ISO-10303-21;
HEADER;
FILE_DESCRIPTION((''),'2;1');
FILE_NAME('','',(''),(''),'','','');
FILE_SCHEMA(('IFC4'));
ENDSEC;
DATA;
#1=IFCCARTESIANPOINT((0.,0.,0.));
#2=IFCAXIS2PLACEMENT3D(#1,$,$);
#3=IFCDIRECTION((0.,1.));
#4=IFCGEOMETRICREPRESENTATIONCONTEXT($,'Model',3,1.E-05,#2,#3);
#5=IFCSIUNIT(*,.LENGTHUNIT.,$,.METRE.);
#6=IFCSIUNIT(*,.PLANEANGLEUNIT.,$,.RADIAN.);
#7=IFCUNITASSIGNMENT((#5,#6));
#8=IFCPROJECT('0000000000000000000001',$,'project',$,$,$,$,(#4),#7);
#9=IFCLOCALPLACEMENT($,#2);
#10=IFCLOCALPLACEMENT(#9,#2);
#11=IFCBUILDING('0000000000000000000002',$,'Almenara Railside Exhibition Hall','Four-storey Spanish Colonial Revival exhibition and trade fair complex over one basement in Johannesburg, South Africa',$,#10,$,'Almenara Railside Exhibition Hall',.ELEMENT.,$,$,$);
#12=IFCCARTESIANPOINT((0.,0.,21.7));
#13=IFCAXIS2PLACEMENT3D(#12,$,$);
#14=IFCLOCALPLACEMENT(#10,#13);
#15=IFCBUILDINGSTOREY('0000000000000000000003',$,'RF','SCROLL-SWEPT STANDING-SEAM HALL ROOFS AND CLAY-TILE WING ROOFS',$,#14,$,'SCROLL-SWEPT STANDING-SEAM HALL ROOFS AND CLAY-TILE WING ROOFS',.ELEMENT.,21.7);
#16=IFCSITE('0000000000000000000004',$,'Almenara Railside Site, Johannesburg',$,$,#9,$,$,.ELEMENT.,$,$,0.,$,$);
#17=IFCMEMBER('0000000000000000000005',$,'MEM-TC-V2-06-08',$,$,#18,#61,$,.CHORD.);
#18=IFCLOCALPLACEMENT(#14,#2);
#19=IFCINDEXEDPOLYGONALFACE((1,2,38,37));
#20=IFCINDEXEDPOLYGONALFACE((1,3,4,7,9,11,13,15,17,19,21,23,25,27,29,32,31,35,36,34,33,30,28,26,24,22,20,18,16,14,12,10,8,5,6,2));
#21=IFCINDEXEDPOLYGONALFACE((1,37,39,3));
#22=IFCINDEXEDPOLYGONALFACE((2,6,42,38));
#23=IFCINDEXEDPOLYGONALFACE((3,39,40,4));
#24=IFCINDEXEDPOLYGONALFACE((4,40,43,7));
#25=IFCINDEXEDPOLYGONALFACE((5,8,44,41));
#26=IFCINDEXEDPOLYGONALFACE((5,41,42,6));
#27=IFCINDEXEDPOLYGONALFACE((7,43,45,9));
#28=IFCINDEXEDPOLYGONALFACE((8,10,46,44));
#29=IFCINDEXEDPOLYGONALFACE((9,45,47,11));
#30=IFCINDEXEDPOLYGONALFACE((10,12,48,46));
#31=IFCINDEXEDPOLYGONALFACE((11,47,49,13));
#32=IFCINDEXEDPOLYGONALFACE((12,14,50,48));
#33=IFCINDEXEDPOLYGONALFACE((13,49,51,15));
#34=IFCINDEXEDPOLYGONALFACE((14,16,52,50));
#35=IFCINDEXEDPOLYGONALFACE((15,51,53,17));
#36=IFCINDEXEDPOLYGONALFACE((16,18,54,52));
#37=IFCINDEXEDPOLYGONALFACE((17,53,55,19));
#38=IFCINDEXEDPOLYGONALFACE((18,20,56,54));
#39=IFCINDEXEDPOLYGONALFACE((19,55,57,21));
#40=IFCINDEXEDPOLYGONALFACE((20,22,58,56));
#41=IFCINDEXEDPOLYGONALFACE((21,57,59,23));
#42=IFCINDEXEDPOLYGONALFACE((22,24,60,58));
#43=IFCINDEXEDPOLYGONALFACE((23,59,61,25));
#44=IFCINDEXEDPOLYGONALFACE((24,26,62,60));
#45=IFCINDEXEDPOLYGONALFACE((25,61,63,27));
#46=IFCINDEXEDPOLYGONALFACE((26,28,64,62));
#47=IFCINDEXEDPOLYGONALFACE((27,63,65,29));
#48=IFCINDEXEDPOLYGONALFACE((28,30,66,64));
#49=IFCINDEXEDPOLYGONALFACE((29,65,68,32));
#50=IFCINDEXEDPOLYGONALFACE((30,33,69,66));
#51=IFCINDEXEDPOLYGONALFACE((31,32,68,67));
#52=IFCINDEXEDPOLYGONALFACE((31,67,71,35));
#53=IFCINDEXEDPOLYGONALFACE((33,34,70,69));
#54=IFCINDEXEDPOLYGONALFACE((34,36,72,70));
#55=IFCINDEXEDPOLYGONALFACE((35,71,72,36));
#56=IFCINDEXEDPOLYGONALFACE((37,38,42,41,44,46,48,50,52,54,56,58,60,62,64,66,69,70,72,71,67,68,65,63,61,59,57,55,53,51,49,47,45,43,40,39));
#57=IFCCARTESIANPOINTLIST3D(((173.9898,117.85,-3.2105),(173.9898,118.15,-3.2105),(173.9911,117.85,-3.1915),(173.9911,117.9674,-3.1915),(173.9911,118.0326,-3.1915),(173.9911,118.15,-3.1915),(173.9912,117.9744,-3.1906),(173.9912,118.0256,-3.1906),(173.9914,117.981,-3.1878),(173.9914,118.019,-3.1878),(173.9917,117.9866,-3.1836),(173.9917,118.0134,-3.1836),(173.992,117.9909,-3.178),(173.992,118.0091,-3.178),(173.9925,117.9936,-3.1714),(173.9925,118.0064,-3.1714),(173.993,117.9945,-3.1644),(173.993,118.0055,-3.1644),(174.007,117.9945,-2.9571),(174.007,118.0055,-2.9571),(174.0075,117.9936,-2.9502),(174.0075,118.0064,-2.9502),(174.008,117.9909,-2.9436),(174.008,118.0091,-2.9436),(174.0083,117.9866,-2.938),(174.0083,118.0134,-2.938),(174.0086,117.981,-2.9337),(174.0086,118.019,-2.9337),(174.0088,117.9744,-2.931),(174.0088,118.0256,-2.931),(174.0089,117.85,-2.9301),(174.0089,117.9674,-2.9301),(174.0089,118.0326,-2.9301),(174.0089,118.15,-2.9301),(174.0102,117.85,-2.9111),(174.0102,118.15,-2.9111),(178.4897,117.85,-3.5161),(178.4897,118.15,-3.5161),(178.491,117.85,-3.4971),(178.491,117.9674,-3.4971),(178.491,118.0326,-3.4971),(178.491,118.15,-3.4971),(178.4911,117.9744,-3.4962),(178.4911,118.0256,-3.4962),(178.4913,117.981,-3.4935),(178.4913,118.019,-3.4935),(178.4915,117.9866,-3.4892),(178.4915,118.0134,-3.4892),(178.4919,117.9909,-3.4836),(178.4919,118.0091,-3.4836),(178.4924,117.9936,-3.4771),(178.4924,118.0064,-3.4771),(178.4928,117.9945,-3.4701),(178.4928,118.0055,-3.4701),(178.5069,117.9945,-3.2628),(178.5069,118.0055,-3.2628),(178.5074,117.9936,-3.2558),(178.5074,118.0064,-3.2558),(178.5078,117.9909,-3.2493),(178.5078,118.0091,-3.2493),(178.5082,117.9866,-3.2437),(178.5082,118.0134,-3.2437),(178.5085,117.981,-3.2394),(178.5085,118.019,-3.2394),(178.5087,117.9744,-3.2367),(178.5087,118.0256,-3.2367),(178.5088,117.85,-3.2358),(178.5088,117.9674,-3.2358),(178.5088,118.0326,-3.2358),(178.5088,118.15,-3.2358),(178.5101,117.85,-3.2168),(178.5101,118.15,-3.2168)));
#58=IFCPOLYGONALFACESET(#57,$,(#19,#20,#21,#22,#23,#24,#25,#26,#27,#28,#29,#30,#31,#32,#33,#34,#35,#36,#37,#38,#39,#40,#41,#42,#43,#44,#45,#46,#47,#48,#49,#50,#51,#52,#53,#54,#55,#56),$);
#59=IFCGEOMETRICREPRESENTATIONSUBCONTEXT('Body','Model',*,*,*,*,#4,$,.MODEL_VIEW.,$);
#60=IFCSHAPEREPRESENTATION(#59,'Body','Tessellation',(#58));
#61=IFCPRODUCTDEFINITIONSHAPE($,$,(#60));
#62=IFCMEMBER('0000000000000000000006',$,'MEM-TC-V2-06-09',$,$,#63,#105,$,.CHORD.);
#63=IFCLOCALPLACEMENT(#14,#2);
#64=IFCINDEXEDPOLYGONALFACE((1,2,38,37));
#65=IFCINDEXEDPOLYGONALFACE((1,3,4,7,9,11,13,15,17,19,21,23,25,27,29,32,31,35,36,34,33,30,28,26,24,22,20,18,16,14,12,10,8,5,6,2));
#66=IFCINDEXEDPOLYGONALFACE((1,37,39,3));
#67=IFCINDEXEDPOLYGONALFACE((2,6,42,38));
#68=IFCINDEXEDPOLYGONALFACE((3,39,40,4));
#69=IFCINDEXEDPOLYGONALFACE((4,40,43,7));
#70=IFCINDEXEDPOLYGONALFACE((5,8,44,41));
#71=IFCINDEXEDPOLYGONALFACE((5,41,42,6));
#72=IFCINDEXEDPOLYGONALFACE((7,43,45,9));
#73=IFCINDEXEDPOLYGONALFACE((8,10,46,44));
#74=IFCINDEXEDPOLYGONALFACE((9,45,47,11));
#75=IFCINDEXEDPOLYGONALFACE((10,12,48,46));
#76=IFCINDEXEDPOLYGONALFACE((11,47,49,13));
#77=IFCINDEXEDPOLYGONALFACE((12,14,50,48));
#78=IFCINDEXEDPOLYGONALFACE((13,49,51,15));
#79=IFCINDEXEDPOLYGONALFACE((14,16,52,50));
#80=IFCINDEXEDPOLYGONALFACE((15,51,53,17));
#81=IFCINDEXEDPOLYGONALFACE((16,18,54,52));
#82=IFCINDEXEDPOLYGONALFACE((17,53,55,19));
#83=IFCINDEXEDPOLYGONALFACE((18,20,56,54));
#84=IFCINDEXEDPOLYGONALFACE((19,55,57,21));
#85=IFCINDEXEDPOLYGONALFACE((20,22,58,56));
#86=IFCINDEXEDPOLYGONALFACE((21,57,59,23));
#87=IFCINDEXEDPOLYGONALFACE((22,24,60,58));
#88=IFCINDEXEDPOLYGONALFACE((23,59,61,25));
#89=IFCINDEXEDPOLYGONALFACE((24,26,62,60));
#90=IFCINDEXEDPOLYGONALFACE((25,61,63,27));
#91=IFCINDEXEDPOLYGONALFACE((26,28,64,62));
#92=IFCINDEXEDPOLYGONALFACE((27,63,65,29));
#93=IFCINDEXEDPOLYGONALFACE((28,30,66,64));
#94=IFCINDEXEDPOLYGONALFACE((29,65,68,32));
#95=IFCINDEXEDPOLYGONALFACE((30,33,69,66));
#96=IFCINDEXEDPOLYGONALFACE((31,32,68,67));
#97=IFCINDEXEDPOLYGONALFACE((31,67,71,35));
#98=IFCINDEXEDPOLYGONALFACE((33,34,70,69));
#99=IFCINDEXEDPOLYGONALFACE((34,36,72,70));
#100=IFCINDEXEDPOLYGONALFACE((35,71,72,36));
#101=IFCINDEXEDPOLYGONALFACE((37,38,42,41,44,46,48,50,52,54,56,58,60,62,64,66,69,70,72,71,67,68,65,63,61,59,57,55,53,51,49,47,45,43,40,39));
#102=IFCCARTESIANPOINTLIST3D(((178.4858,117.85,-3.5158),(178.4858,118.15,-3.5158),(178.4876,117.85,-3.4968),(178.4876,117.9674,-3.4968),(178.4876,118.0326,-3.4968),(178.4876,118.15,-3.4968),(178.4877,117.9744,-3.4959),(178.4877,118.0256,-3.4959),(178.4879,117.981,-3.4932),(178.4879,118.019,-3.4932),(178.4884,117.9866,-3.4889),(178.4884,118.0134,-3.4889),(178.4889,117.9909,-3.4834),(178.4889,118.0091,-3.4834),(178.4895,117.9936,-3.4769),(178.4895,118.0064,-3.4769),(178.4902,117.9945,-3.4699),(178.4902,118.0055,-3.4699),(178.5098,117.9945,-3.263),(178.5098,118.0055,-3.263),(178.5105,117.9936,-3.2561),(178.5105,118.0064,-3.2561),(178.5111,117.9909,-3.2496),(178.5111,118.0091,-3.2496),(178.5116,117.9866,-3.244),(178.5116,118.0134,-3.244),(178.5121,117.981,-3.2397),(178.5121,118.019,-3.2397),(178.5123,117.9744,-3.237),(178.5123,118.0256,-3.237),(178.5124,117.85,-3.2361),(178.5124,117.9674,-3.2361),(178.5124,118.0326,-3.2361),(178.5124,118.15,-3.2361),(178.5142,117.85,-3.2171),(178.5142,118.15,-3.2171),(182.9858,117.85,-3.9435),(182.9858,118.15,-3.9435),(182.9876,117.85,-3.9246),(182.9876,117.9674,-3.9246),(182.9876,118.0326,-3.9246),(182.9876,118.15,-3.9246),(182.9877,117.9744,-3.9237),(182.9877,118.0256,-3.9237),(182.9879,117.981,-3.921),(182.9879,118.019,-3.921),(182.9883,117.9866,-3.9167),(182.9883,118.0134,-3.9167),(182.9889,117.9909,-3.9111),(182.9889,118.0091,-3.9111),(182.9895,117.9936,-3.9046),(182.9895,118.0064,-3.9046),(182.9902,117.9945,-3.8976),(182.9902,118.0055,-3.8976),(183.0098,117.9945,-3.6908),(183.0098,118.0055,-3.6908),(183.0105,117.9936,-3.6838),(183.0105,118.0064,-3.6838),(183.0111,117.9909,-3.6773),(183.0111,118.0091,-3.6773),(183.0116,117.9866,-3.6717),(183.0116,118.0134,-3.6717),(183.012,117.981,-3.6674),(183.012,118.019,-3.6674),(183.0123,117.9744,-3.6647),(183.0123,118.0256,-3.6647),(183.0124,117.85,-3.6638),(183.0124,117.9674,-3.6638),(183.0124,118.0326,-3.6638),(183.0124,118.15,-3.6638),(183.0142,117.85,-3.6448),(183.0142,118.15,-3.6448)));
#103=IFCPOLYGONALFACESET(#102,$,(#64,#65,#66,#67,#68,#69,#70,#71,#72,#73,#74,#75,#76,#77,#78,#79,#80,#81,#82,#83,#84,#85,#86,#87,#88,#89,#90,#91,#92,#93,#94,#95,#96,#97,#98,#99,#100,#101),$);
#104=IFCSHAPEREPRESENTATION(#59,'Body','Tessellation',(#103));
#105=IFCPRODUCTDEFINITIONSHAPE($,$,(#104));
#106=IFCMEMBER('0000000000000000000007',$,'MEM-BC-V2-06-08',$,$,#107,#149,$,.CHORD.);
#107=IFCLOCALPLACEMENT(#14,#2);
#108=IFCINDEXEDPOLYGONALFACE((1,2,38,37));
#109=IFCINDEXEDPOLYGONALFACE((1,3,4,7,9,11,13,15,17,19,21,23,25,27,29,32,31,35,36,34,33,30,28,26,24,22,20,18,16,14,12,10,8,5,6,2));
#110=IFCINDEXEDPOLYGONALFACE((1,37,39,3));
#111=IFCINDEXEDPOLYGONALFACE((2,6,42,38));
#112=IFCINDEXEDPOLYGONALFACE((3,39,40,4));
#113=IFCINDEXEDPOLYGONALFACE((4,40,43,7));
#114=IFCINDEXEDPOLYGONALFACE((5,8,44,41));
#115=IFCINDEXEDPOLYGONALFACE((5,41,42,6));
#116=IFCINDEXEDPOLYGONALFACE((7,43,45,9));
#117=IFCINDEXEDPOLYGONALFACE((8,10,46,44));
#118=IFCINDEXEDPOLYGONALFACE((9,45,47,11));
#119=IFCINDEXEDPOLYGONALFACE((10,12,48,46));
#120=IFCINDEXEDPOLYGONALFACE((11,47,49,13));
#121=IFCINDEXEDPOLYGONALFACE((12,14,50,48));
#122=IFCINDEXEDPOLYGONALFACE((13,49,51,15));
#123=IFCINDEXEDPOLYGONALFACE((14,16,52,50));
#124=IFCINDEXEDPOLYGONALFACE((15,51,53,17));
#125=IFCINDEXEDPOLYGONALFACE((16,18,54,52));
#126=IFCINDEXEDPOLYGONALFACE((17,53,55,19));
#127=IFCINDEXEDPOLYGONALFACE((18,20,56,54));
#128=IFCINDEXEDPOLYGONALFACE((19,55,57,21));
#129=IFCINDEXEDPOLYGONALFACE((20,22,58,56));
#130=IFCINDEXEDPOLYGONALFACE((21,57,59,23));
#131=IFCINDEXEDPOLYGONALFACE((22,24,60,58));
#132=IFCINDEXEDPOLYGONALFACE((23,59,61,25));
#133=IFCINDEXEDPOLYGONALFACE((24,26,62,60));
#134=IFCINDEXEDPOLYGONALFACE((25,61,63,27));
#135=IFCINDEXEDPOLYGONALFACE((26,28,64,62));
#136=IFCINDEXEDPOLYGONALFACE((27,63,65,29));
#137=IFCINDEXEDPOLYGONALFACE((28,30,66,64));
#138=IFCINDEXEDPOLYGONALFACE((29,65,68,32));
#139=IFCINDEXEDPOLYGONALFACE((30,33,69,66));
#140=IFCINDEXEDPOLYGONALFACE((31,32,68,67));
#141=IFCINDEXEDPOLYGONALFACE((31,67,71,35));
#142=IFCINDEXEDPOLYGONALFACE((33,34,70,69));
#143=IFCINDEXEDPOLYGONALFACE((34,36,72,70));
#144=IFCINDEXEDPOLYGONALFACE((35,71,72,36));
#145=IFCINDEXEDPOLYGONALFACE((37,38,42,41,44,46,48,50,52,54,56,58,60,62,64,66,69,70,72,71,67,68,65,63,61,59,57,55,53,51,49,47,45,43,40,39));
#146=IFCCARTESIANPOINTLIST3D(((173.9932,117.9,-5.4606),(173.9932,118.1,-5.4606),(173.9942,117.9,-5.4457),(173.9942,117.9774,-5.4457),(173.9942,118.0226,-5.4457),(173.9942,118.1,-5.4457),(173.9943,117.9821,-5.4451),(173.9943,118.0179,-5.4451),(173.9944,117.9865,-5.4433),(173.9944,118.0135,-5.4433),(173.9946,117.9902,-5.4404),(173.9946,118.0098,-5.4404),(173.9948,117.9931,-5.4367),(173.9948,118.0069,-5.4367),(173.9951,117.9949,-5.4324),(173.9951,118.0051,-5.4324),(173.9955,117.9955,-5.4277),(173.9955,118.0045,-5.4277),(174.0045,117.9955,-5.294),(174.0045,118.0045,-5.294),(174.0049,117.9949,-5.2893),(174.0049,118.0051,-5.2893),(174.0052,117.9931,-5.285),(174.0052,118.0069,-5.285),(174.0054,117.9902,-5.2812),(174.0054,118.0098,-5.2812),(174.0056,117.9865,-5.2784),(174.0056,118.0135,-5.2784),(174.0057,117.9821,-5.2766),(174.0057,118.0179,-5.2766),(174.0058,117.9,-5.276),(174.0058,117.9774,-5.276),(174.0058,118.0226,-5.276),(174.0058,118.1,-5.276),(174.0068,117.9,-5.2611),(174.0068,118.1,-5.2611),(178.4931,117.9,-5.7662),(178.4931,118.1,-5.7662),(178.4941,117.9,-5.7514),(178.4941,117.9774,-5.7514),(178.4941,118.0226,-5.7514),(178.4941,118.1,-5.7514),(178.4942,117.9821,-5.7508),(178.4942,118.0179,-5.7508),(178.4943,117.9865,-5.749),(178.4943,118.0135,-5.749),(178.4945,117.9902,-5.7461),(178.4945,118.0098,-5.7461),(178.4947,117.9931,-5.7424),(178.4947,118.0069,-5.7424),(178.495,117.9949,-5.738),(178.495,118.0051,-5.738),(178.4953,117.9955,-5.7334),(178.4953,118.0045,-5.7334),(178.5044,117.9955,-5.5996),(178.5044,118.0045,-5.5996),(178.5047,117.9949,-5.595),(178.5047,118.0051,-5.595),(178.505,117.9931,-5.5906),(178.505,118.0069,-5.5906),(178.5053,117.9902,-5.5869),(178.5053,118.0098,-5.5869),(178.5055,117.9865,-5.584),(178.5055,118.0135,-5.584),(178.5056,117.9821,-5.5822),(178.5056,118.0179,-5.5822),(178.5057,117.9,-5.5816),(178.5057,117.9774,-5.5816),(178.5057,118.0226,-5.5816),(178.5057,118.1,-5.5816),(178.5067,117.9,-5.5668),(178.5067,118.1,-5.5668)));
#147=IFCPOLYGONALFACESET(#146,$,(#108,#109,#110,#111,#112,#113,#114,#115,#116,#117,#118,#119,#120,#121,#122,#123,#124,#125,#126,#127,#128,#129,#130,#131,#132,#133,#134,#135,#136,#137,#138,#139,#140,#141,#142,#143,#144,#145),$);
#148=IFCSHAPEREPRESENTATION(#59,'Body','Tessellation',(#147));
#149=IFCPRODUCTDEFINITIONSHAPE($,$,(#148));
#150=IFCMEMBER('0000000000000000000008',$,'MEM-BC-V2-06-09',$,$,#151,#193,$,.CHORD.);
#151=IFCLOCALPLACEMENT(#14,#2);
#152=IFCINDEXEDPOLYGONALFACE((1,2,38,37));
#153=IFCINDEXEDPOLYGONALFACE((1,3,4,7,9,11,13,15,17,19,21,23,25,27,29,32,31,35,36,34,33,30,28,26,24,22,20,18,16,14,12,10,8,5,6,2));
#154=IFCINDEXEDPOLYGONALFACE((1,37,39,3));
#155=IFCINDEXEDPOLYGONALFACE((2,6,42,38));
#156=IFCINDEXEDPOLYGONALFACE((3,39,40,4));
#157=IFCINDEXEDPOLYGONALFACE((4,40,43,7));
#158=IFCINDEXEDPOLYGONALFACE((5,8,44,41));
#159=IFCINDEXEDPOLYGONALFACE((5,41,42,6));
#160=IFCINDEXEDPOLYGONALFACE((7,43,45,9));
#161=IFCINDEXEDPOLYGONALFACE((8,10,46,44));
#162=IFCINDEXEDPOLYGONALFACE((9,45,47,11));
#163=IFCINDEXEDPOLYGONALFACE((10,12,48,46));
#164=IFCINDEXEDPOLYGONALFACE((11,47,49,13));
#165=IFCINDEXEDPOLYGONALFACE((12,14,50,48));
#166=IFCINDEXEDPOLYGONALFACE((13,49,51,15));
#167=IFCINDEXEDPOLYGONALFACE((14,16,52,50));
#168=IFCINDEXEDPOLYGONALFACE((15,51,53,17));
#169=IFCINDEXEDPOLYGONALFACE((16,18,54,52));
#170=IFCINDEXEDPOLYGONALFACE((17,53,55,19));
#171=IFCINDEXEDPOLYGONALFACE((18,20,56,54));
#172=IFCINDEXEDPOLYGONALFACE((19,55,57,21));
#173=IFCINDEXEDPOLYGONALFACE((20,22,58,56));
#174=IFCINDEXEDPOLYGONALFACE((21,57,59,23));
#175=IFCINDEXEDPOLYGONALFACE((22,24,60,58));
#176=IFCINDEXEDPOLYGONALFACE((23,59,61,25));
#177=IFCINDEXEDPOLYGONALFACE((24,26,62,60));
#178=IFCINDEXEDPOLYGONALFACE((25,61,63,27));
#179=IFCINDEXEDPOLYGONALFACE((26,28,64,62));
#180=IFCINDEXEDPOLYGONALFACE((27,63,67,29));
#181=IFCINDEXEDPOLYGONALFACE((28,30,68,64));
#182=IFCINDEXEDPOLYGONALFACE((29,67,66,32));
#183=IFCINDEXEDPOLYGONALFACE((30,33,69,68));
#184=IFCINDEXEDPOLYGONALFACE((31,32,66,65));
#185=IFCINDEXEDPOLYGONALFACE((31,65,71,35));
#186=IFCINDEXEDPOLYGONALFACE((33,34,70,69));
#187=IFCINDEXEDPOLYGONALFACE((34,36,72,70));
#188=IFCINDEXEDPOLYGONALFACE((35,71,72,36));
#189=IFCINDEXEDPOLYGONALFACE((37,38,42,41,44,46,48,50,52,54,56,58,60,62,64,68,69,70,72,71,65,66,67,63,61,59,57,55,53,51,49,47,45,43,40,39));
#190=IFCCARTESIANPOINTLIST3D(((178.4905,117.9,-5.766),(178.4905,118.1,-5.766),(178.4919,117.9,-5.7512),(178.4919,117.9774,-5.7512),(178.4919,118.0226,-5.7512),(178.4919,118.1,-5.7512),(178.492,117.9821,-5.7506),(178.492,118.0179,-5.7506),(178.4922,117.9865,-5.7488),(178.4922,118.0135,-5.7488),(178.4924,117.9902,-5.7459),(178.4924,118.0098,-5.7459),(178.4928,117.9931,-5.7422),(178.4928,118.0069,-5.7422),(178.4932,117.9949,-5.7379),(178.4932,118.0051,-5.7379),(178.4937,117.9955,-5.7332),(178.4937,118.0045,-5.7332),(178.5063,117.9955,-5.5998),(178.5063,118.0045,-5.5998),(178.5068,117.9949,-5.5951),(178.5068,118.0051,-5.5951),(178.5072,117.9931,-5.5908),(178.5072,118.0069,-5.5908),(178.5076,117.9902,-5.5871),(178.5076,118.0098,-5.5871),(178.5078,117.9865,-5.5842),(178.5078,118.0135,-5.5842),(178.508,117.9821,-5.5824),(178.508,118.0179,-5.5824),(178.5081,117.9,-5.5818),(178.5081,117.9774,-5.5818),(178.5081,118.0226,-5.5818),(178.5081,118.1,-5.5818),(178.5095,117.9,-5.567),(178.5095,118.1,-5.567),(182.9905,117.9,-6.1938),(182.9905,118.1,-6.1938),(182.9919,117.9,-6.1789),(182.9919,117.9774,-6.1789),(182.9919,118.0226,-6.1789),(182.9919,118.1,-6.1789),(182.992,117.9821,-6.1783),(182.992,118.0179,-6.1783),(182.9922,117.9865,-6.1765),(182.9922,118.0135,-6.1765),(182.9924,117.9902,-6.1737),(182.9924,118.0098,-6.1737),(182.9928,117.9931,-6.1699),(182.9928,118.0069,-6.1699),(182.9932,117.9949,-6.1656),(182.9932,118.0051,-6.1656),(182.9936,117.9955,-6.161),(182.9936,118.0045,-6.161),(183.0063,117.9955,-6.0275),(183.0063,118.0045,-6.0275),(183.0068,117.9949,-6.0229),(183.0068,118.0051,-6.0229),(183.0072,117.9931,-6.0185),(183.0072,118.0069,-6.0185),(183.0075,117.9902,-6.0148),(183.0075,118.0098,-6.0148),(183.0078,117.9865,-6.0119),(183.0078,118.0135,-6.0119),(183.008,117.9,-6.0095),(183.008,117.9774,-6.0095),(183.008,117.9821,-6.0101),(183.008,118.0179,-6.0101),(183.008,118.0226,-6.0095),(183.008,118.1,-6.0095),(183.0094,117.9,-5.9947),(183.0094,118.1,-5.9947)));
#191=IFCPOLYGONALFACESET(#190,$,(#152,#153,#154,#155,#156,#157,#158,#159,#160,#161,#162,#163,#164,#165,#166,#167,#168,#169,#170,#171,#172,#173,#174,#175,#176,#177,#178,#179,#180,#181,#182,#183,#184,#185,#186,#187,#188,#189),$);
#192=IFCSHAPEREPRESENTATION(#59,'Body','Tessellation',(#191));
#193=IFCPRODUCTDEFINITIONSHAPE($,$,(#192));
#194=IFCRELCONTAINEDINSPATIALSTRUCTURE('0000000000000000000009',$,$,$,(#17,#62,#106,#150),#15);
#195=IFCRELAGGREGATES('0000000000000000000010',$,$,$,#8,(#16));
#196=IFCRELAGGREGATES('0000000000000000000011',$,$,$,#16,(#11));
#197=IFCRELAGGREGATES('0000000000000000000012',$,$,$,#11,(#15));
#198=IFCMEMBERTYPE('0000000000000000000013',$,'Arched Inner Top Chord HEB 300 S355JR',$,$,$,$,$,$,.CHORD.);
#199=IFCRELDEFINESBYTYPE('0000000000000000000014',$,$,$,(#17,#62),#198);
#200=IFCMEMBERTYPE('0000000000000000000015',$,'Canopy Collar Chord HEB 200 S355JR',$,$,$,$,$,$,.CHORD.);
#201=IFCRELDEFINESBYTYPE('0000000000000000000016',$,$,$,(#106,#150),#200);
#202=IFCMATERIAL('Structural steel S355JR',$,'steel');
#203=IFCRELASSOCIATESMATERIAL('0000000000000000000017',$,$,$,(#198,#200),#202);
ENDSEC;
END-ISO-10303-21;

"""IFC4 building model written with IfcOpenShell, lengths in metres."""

from ifc_helpers import new_model, si_unit, direction, frame, origin, origin_2d, place, context, subcontext, project, spatial, i_section, extrude, material, material_profile, profile_set, type_object, element, save


model = new_model("IFC4")

# Units and contexts
model_context = context("Model", 3, precision=1e-05, world=origin(), true_north=direction((0.0, 1.0)))
body_context = subcontext(model_context, "Body", "Model", "MODEL_VIEW")
ifc_project = project(units=[si_unit("LENGTHUNIT", "METRE"), si_unit("PLANEANGLEUNIT", "RADIAN")], contexts=[model_context])

# Site, building, storey
site_placement = place(None, origin())
site = spatial("IfcSite", under=ifc_project, at=site_placement, Name="Almenara Railside Site, Johannesburg", CompositionType="ELEMENT", RefElevation=0.0)
building_placement = place(site_placement, origin())
building = spatial("IfcBuilding", under=site, at=building_placement, Name="Almenara Railside Exhibition Hall", Description="Four-storey Spanish Colonial Revival exhibition and trade fair complex over one basement in Johannesburg, South Africa", LongName="Almenara Railside Exhibition Hall", CompositionType="ELEMENT")
storey_placement = place(building_placement, frame((0.0, 0.0, 21.7)))
storey = spatial("IfcBuildingStorey", under=building, at=storey_placement, Name="RF", Description="SCROLL-SWEPT STANDING-SEAM HALL ROOFS AND CLAY-TILE WING ROOFS", LongName="SCROLL-SWEPT STANDING-SEAM HALL ROOFS AND CLAY-TILE WING ROOFS", CompositionType="ELEMENT", Elevation=21.7)

# Members
ifc_material_1 = material(Name="Structural steel S355JR", Category="steel")
ifc_material_profile_1 = material_profile(ifc_material_1, i_section(OverallWidth=0.3, OverallDepth=0.3, WebThickness=0.011, FlangeThickness=0.019, FilletRadius=0.0271, at=origin_2d()), Name="HEB 300")
ifc_profile_set_1 = profile_set([ifc_material_profile_1], Name="Structural steel S355JR")
member_type_1 = type_object("IfcMemberType", Name="Arched Inner Top Chord HEB 300 S355JR", PredefinedType="CHORD", material=ifc_profile_set_1)
member_1_placement = place(storey_placement, frame((174.0, 118.0, -3.0608), z_axis=(0.997701, 0.0, -0.067769), x_axis=(0.0, 1.0, 0.0)))
element("IfcMember", 1, at=member_1_placement, inside=storey, type_object=member_type_1, Name="MEM-TC-V2-06-08", PredefinedType="CHORD", context=body_context, shape_type="SweptSolid", body=[
    extrude(i_section(OverallWidth=0.3, OverallDepth=0.3, WebThickness=0.011, FlangeThickness=0.019, FilletRadius=0.0271, at=origin_2d()), origin(), (0.0, 0.0, 1.0), 4.5103),
])
member_2_placement = place(storey_placement, frame((178.5, 118.0, -3.3665), z_axis=(0.995513, 0.0, -0.094626), x_axis=(0.0, 1.0, 0.0)))
element("IfcMember", 2, at=member_2_placement, inside=storey, type_object=member_type_1, Name="MEM-TC-V2-06-09", PredefinedType="CHORD", context=body_context, shape_type="SweptSolid", body=[
    extrude(i_section(OverallWidth=0.3, OverallDepth=0.3, WebThickness=0.011, FlangeThickness=0.019, FilletRadius=0.0271, at=origin_2d()), origin(), (0.0, 0.0, 1.0), 4.5203),
])
ifc_material_profile_2 = material_profile(ifc_material_1, i_section(OverallWidth=0.2, OverallDepth=0.2, WebThickness=0.009, FlangeThickness=0.0149, FilletRadius=0.0181, at=origin_2d()), Name="HEB 200")
ifc_profile_set_2 = profile_set([ifc_material_profile_2], Name="Structural steel S355JR")
member_type_2 = type_object("IfcMemberType", Name="Canopy Collar Chord HEB 200 S355JR", PredefinedType="CHORD", material=ifc_profile_set_2)
member_3_placement = place(storey_placement, frame((174.0, 118.0, -5.3608), z_axis=(0.997701, 0.0, -0.067769), x_axis=(0.0, 1.0, 0.0)))
element("IfcMember", 3, at=member_3_placement, inside=storey, type_object=member_type_2, Name="MEM-BC-V2-06-08", PredefinedType="CHORD", context=body_context, shape_type="SweptSolid", body=[
    extrude(i_section(OverallWidth=0.2, OverallDepth=0.2, WebThickness=0.009, FlangeThickness=0.0149, FilletRadius=0.0181, at=origin_2d()), origin(), (0.0, 0.0, 1.0), 4.5103),
])
member_4_placement = place(storey_placement, frame((178.5, 118.0, -5.6665), z_axis=(0.995513, 0.0, -0.094626), x_axis=(0.0, 1.0, 0.0)))
element("IfcMember", 4, at=member_4_placement, inside=storey, type_object=member_type_2, Name="MEM-BC-V2-06-09", PredefinedType="CHORD", context=body_context, shape_type="SweptSolid", body=[
    extrude(i_section(OverallWidth=0.2, OverallDepth=0.2, WebThickness=0.009, FlangeThickness=0.0149, FilletRadius=0.0181, at=origin_2d()), origin(), (0.0, 0.0, 1.0), 4.5203),
])

save(model, "model.ifc")
